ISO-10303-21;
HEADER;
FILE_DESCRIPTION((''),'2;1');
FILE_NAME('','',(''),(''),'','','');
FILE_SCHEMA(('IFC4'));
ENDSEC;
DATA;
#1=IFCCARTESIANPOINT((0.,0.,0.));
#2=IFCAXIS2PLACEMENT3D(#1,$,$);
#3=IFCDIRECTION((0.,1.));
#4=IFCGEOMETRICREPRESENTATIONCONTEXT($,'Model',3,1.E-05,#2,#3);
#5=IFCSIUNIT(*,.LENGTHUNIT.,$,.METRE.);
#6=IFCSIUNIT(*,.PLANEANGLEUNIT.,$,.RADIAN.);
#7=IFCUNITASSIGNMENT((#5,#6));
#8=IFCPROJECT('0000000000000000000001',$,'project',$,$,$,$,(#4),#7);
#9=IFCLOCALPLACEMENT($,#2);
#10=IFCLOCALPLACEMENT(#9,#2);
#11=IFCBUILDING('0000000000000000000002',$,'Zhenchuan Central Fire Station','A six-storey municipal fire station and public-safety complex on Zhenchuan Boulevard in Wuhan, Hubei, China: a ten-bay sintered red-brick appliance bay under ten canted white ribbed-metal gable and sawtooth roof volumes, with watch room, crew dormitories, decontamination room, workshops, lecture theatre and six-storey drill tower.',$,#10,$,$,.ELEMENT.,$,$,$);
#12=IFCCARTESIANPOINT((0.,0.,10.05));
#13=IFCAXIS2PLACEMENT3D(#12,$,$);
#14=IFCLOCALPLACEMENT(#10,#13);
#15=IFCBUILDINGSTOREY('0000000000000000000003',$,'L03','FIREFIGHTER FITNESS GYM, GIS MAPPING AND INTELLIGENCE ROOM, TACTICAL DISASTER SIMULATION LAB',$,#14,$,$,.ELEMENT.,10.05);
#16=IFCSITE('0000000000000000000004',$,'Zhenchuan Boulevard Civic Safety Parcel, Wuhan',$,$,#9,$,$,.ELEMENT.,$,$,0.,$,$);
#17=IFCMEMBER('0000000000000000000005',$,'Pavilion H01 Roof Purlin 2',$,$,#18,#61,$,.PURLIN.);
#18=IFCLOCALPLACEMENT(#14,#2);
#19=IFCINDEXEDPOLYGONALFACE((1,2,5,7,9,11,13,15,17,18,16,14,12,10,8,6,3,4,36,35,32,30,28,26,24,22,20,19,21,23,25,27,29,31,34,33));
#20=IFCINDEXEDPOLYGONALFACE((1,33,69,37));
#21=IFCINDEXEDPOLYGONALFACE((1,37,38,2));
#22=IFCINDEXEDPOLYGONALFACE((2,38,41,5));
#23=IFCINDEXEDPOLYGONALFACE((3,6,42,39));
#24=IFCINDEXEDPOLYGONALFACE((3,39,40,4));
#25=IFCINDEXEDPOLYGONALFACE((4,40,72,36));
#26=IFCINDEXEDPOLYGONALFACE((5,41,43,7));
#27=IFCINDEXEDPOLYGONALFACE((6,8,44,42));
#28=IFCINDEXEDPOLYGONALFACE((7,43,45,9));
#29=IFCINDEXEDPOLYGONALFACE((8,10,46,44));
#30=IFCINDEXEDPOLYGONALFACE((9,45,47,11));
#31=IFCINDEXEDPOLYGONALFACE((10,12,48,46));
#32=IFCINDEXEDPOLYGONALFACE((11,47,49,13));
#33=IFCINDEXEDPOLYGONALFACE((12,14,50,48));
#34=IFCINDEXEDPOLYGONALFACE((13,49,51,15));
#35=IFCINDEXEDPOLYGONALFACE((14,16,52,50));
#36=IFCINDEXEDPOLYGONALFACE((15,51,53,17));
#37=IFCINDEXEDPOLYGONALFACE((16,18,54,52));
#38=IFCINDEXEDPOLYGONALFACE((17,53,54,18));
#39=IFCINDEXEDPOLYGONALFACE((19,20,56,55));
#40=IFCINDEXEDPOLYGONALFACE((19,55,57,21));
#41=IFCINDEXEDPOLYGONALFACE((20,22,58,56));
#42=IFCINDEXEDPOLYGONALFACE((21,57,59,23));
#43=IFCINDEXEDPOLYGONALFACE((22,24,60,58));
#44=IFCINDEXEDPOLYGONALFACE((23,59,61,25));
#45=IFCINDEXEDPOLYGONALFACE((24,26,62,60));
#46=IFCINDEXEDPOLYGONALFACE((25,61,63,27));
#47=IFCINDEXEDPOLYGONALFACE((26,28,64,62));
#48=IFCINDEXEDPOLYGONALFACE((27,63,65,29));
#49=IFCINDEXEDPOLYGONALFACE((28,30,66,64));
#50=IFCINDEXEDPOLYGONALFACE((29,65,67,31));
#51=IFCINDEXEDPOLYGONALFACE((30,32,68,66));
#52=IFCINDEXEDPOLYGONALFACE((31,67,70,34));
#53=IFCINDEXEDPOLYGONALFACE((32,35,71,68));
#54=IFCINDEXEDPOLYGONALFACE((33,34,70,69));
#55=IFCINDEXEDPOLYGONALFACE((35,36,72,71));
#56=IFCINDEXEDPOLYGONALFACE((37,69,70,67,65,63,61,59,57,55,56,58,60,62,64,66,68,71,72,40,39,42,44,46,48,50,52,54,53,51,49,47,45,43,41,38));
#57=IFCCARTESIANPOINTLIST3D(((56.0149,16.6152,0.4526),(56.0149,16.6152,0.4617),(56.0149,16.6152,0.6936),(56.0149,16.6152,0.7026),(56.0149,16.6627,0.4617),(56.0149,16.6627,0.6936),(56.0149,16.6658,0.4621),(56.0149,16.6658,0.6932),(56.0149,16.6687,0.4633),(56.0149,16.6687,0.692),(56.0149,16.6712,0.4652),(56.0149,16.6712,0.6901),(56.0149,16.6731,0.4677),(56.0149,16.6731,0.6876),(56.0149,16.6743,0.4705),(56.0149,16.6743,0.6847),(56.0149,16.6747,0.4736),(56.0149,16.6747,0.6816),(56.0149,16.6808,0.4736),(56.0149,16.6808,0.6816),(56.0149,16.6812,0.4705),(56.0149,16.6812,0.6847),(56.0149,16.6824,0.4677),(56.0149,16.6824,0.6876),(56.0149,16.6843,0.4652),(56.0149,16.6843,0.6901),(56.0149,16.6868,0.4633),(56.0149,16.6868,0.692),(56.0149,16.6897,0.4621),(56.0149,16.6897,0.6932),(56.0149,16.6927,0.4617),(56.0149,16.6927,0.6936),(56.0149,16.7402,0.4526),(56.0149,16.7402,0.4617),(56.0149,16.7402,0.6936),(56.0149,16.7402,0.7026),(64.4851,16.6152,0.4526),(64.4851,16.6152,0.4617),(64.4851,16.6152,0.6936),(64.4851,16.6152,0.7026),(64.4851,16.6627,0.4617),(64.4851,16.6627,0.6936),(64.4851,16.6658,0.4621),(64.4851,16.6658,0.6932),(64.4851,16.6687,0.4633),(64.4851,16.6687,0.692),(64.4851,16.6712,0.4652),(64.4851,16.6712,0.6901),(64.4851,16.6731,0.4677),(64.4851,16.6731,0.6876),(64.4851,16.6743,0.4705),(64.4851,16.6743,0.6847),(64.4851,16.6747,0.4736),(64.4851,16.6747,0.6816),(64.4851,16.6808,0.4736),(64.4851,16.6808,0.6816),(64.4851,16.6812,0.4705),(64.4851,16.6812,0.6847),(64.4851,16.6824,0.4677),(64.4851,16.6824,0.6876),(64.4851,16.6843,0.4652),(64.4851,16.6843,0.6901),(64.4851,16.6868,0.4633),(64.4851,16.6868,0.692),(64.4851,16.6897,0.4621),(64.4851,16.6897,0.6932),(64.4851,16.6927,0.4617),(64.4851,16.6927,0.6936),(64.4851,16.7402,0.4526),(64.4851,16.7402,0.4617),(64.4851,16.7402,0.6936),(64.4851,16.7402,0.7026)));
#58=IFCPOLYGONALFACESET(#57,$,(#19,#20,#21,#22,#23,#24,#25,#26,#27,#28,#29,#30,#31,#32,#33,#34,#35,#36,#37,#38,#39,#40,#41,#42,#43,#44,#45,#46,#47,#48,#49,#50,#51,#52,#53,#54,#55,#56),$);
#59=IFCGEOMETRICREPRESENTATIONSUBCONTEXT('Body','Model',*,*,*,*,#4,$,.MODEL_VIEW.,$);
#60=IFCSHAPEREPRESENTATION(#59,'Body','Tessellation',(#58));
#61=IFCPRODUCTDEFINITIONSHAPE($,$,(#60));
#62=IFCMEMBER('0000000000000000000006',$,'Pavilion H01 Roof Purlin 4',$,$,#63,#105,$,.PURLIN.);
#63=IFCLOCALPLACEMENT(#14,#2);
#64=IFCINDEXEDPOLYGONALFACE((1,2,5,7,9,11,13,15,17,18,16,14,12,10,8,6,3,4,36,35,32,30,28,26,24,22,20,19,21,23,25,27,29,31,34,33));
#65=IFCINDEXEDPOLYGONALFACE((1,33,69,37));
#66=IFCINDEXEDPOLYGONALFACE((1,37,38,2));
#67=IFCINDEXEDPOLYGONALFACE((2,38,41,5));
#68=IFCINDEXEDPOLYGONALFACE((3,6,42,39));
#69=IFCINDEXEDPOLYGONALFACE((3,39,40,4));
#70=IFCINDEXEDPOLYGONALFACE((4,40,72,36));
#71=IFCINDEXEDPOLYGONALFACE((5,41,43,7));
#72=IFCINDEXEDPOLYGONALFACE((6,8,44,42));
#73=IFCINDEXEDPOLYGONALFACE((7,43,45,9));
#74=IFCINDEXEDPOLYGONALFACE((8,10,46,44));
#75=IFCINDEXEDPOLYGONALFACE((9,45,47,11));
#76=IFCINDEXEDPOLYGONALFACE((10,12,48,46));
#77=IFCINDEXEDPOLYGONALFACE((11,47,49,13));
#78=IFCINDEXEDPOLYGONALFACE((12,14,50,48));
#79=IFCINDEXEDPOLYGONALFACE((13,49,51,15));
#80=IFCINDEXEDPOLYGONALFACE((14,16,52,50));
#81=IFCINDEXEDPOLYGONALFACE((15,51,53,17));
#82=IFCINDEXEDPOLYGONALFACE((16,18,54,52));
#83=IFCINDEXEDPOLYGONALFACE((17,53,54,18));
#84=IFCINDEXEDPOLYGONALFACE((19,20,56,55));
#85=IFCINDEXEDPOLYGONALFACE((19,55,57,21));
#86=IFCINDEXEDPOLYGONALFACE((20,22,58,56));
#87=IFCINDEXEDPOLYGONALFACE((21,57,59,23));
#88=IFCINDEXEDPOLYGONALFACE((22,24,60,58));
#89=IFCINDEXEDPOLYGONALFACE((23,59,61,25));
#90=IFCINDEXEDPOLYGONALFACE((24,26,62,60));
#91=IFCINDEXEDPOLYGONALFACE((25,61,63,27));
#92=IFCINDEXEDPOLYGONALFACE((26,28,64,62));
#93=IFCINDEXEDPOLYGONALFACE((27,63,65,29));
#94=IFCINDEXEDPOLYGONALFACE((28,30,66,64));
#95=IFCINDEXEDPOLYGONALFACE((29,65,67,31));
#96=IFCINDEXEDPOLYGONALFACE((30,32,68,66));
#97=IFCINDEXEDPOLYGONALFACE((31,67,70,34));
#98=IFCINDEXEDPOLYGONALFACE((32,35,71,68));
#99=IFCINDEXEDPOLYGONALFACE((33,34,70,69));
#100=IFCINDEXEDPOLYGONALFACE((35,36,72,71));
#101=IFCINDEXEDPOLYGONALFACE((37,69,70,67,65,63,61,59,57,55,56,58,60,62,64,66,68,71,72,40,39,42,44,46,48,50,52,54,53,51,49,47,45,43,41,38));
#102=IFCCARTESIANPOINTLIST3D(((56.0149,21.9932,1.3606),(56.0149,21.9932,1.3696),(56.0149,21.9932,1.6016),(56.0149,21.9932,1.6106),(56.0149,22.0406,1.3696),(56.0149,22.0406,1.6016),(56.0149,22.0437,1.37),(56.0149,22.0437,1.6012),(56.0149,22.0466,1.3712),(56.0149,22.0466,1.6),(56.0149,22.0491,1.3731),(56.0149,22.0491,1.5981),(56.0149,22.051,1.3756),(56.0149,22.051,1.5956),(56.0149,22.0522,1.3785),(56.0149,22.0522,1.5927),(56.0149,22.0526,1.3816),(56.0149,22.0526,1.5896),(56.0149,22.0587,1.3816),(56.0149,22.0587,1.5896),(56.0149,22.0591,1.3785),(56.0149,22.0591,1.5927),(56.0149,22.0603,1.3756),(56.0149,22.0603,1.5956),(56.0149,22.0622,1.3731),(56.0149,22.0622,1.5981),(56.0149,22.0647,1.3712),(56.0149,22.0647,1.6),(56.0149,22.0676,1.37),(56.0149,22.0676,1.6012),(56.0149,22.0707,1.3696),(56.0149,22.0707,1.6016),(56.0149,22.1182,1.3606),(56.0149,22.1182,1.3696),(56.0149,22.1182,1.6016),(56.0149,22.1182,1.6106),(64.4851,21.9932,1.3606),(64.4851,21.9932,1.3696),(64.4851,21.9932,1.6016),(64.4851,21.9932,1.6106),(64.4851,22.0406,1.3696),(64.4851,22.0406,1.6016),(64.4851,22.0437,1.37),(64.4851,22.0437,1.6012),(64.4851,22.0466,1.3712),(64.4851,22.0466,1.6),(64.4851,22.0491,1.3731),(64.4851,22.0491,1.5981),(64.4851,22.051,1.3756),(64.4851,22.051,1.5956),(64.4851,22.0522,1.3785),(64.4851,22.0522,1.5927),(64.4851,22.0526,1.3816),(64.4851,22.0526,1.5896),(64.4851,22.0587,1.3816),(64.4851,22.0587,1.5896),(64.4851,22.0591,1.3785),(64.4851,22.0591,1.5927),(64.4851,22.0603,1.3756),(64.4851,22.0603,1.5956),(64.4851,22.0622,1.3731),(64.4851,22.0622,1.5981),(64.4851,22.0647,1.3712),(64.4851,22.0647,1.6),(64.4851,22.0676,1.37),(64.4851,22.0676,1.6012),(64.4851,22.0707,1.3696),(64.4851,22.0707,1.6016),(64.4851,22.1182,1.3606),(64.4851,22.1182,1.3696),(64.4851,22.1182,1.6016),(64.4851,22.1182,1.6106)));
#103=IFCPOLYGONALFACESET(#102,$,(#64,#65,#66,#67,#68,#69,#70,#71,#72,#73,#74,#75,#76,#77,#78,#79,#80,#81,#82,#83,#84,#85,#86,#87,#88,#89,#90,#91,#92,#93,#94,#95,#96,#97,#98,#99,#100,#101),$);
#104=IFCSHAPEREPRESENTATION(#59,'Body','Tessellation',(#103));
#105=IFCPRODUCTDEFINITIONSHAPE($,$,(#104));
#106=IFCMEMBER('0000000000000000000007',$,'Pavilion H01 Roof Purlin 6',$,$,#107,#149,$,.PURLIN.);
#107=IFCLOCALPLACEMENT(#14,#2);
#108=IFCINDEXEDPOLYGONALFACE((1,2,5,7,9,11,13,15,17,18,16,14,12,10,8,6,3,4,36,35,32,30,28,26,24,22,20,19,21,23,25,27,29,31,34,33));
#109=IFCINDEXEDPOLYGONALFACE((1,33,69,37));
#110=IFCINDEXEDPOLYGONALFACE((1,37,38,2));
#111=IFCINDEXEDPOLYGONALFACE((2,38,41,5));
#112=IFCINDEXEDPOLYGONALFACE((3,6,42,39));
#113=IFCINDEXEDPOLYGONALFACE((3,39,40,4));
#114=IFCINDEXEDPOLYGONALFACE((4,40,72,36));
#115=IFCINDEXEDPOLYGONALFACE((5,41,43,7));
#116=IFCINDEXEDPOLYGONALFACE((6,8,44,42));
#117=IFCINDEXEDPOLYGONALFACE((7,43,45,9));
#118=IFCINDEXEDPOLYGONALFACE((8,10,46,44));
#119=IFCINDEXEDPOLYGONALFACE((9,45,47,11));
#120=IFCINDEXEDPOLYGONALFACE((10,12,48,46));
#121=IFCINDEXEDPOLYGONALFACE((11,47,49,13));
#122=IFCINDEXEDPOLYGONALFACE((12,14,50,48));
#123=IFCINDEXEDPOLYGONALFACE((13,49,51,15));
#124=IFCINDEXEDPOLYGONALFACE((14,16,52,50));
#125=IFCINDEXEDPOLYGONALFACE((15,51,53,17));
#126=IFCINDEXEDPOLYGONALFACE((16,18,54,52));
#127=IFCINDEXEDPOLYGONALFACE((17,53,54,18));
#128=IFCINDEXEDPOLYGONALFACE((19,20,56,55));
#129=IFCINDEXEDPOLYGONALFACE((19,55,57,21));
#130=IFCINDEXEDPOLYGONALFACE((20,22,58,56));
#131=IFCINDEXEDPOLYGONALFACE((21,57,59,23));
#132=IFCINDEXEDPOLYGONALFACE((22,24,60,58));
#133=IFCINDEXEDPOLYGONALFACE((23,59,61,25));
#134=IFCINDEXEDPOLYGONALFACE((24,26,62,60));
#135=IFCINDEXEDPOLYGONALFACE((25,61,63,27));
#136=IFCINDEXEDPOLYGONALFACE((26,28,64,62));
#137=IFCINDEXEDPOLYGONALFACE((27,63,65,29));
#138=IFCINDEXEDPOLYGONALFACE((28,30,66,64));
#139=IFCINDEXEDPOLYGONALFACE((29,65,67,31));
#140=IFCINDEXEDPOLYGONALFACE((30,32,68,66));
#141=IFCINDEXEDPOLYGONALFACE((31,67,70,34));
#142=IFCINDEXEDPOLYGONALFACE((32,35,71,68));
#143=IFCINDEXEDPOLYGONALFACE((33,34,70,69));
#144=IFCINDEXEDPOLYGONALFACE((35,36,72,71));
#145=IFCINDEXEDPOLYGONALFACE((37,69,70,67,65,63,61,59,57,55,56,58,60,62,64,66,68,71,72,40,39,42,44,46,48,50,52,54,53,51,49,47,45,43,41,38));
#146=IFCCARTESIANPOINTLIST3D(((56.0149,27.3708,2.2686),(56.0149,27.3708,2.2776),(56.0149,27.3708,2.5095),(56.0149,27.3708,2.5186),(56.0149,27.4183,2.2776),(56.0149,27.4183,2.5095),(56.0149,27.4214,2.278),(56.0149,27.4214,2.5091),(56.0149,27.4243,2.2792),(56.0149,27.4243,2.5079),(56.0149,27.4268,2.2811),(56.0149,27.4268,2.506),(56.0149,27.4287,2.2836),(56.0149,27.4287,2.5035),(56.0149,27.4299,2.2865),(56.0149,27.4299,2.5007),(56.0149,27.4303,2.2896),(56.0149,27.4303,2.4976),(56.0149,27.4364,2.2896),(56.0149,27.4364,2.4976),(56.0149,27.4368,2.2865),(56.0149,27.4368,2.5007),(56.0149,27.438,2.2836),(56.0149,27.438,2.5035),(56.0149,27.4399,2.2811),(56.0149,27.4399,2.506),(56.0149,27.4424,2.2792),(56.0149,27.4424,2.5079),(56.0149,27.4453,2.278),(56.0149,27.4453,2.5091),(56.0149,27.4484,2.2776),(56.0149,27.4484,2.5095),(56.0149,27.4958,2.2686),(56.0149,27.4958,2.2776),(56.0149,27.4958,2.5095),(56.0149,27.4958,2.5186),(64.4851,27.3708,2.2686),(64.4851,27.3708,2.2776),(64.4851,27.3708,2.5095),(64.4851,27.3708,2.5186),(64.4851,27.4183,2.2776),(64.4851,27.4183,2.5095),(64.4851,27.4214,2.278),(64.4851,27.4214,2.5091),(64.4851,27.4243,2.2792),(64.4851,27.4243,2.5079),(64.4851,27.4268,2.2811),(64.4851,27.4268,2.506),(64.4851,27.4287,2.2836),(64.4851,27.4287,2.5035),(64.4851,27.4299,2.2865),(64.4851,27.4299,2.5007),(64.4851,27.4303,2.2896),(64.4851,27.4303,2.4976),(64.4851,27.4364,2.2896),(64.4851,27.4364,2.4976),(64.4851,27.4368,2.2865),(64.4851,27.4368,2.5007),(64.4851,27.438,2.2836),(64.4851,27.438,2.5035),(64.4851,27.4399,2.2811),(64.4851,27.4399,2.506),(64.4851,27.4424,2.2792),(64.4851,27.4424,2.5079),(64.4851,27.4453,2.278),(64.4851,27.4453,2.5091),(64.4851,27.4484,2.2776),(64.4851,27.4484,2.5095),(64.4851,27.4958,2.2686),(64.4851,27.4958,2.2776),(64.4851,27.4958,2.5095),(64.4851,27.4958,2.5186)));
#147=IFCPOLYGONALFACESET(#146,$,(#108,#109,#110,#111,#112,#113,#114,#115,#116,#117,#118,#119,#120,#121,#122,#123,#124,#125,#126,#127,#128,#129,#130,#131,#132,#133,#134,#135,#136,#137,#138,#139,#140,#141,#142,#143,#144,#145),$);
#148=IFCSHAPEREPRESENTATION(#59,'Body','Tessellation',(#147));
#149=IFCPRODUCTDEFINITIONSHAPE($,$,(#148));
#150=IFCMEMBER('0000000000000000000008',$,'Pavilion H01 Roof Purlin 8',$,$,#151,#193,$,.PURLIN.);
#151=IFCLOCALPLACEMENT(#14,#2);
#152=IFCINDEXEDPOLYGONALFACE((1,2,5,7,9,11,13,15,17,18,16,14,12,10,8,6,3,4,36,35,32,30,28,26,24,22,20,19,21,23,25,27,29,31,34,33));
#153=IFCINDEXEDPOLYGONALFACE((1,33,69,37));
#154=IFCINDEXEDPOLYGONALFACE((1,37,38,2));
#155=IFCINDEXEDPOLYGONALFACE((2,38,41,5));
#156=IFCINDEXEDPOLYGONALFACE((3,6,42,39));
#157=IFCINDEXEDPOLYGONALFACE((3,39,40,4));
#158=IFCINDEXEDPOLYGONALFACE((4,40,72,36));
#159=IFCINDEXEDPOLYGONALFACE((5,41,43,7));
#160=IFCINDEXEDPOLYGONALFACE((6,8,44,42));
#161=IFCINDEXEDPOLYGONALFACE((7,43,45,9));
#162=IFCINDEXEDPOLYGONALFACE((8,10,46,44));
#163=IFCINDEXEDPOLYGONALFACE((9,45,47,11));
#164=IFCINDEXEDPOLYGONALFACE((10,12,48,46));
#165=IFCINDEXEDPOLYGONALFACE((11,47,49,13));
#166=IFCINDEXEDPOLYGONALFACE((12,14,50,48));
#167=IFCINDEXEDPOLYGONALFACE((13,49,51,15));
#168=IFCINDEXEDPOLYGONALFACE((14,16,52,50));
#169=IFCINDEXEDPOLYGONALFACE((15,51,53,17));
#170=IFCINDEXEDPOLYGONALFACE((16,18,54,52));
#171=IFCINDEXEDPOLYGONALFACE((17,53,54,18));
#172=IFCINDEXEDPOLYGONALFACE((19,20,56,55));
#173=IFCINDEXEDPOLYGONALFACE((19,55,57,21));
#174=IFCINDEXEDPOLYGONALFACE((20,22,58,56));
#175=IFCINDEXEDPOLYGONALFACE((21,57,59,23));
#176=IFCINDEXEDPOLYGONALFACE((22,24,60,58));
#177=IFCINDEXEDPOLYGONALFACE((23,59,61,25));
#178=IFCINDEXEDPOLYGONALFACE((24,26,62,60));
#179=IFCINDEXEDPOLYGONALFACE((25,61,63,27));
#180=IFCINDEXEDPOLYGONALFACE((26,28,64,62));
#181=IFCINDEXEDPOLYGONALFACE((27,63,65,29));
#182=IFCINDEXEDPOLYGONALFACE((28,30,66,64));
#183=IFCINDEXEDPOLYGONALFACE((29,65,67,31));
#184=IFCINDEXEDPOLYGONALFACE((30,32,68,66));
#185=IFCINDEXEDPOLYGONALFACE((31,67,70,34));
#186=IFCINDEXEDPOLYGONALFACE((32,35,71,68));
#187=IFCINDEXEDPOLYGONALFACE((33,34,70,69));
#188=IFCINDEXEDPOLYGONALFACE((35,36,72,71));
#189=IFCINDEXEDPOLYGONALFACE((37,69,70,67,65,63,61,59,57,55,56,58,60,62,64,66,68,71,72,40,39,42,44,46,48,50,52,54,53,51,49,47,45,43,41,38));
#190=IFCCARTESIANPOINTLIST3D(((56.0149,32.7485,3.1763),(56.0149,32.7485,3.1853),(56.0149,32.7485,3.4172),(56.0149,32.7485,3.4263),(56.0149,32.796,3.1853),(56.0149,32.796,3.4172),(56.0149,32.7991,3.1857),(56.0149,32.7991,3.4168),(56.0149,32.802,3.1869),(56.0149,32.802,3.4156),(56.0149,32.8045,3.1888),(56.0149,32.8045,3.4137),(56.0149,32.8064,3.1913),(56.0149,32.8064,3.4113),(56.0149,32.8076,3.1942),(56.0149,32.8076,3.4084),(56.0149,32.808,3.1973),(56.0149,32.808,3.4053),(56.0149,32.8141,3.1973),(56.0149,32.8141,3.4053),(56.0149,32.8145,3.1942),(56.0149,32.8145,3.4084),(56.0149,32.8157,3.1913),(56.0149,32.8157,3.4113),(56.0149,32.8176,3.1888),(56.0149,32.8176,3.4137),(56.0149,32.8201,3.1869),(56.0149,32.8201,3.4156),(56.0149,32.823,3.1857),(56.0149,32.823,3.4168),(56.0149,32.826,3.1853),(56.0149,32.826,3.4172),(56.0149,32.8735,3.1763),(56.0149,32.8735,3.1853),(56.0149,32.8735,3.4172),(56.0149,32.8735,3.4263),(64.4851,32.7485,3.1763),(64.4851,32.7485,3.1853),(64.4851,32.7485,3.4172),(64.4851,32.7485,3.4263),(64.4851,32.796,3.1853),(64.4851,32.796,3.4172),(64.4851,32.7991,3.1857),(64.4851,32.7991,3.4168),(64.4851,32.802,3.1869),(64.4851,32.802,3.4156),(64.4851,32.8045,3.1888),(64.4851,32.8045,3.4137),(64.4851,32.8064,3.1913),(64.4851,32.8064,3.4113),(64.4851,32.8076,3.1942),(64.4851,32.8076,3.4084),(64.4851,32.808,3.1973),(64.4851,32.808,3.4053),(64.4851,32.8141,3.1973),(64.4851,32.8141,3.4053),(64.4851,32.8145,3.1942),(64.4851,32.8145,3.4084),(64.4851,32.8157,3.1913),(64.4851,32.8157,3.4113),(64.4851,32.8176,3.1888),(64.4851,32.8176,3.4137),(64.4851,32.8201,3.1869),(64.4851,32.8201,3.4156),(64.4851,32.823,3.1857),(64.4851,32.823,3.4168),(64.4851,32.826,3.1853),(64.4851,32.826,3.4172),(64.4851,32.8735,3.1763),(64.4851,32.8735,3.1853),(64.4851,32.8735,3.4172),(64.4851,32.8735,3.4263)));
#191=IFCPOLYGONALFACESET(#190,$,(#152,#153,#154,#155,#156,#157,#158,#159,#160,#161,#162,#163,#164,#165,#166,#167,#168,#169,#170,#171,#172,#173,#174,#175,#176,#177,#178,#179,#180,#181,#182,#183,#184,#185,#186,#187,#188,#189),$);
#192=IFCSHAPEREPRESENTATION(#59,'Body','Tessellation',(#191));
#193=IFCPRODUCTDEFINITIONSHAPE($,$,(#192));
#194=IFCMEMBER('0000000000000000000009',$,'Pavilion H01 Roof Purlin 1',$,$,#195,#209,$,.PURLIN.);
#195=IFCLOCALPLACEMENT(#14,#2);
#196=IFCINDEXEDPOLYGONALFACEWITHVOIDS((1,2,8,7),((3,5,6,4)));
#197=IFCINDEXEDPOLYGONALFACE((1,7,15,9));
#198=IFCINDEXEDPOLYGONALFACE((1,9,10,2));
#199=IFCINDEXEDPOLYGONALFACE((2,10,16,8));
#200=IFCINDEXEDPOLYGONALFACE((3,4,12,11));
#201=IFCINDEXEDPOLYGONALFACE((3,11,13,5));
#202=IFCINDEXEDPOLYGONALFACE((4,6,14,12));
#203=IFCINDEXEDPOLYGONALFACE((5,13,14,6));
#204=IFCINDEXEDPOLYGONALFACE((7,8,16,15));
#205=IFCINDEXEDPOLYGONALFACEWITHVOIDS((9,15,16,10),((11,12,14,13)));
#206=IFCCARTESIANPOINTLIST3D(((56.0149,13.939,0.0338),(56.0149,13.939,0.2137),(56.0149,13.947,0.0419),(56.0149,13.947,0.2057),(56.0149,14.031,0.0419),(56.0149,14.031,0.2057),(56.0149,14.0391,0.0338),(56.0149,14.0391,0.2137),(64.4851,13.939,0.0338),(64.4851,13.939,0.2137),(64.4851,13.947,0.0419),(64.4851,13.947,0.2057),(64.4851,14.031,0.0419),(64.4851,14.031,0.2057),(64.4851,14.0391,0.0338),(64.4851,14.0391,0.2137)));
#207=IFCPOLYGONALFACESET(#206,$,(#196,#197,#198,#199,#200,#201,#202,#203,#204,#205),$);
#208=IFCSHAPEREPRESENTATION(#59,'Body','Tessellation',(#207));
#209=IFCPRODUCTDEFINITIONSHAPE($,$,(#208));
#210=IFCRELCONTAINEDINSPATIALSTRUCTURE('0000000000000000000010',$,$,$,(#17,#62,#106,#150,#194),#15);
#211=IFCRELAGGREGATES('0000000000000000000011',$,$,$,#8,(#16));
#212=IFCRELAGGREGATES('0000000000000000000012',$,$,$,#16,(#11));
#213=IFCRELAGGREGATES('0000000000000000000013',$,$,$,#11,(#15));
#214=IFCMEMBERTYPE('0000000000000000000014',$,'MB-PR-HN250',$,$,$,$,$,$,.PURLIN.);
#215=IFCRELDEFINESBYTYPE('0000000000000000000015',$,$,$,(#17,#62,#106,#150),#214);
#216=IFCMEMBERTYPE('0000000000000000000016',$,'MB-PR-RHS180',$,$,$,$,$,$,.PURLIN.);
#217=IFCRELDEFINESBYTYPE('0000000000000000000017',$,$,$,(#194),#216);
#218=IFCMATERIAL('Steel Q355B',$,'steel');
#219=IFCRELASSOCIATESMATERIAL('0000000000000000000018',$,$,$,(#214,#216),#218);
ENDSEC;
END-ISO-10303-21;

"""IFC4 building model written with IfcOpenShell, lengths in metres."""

from ifc_helpers import new_model, si_unit, direction, frame, origin, origin_2d, place, context, subcontext, project, spatial, hollow_rectangle, i_section, extrude, material, material_profile, profile_set, type_object, element, save


model = new_model("IFC4")

# Units and contexts
model_context = context("Model", 3, precision=1e-05, world=origin(), true_north=direction((0.0, 1.0)))
body_context = subcontext(model_context, "Body", "Model", "MODEL_VIEW")
ifc_project = project(units=[si_unit("LENGTHUNIT", "METRE"), si_unit("PLANEANGLEUNIT", "RADIAN")], contexts=[model_context])

# Site, building, storey
site_placement = place(None, origin())
site = spatial("IfcSite", under=ifc_project, at=site_placement, Name="Zhenchuan Boulevard Civic Safety Parcel, Wuhan", CompositionType="ELEMENT", RefElevation=0.0)
building_placement = place(site_placement, origin())
building = spatial("IfcBuilding", under=site, at=building_placement, Name="Zhenchuan Central Fire Station", Description="A six-storey municipal fire station and public-safety complex on Zhenchuan Boulevard in Wuhan, Hubei, China: a ten-bay sintered red-brick appliance bay under ten canted white ribbed-metal gable and sawtooth roof volumes, with watch room, crew dormitories, decontamination room, workshops, lecture theatre and six-storey drill tower.", CompositionType="ELEMENT")
storey_placement = place(building_placement, frame((0.0, 0.0, 10.05)))
storey = spatial("IfcBuildingStorey", under=building, at=storey_placement, Name="L03", Description="FIREFIGHTER FITNESS GYM, GIS MAPPING AND INTELLIGENCE ROOM, TACTICAL DISASTER SIMULATION LAB", CompositionType="ELEMENT", Elevation=10.05)

# Shared definitions
ifc_material_1 = material(Name="Steel Q355B", Category="steel")

# Members
ifc_material_profile_1 = material_profile(ifc_material_1, i_section(OverallWidth=0.125, OverallDepth=0.25, WebThickness=0.0061, FlangeThickness=0.009, FilletRadius=0.012, at=origin_2d()), Name="HN 250x125")
ifc_profile_set_1 = profile_set([ifc_material_profile_1], Name="Steel Q355B")
member_type_1 = type_object("IfcMemberType", Name="MB-PR-HN250", PredefinedType="PURLIN", material=ifc_profile_set_1)
for number, where, z_axis, x_axis, name in (
    (1, (56.0149, 16.6777, 0.5776), (1.0, 0.0, 0.0), (0.0, 1.0, 0.0), "Pavilion H01 Roof Purlin 2"),
    (2, (56.0149, 22.0557, 1.4856), (1.0, 0.0, 0.0), (0.0, 1.0, 0.0), "Pavilion H01 Roof Purlin 4"),
    (3, (56.0149, 27.4333, 2.3936), (1.0, 0.0, 0.0), (0.0, 1.0, 0.0), "Pavilion H01 Roof Purlin 6"),
    (4, (56.0149, 32.811, 3.3013), (1.0, 0.0, 0.0), (0.0, 1.0, 0.0), "Pavilion H01 Roof Purlin 8"),
):
    element("IfcMember", number, at=place(storey_placement, frame(where, z_axis=z_axis, x_axis=x_axis)), inside=storey, type_object=member_type_1, Name=name, PredefinedType="PURLIN", context=body_context, shape_type="SweptSolid", body=[
        extrude(i_section(OverallWidth=0.125, OverallDepth=0.25, WebThickness=0.0061, FlangeThickness=0.009, FilletRadius=0.012, at=origin_2d()), origin(), (0.0, 0.0, 1.0), 8.4702),
    ])
ifc_material_profile_2 = material_profile(ifc_material_1, hollow_rectangle(XDim=0.1001, YDim=0.1799, WallThickness=0.0081, at=origin_2d()), Name="RHS 180x100x8")
ifc_profile_set_2 = profile_set([ifc_material_profile_2], Name="Steel Q355B")
member_type_2 = type_object("IfcMemberType", Name="MB-PR-RHS180", PredefinedType="PURLIN", material=ifc_profile_set_2)
for number, where, z_axis, x_axis, name in (
    (5, (56.0149, 13.989, 0.1238), (1.0, 0.0, 0.0), (0.0, 1.0, 0.0), "Pavilion H01 Roof Purlin 1"),
):
    element("IfcMember", number, at=place(storey_placement, frame(where, z_axis=z_axis, x_axis=x_axis)), inside=storey, type_object=member_type_2, Name=name, PredefinedType="PURLIN", context=body_context, shape_type="SweptSolid", body=[
        extrude(hollow_rectangle(XDim=0.1001, YDim=0.1799, WallThickness=0.0081, at=origin_2d()), origin(), (0.0, 0.0, 1.0), 8.4702),
    ])

save(model, "model.ifc")
